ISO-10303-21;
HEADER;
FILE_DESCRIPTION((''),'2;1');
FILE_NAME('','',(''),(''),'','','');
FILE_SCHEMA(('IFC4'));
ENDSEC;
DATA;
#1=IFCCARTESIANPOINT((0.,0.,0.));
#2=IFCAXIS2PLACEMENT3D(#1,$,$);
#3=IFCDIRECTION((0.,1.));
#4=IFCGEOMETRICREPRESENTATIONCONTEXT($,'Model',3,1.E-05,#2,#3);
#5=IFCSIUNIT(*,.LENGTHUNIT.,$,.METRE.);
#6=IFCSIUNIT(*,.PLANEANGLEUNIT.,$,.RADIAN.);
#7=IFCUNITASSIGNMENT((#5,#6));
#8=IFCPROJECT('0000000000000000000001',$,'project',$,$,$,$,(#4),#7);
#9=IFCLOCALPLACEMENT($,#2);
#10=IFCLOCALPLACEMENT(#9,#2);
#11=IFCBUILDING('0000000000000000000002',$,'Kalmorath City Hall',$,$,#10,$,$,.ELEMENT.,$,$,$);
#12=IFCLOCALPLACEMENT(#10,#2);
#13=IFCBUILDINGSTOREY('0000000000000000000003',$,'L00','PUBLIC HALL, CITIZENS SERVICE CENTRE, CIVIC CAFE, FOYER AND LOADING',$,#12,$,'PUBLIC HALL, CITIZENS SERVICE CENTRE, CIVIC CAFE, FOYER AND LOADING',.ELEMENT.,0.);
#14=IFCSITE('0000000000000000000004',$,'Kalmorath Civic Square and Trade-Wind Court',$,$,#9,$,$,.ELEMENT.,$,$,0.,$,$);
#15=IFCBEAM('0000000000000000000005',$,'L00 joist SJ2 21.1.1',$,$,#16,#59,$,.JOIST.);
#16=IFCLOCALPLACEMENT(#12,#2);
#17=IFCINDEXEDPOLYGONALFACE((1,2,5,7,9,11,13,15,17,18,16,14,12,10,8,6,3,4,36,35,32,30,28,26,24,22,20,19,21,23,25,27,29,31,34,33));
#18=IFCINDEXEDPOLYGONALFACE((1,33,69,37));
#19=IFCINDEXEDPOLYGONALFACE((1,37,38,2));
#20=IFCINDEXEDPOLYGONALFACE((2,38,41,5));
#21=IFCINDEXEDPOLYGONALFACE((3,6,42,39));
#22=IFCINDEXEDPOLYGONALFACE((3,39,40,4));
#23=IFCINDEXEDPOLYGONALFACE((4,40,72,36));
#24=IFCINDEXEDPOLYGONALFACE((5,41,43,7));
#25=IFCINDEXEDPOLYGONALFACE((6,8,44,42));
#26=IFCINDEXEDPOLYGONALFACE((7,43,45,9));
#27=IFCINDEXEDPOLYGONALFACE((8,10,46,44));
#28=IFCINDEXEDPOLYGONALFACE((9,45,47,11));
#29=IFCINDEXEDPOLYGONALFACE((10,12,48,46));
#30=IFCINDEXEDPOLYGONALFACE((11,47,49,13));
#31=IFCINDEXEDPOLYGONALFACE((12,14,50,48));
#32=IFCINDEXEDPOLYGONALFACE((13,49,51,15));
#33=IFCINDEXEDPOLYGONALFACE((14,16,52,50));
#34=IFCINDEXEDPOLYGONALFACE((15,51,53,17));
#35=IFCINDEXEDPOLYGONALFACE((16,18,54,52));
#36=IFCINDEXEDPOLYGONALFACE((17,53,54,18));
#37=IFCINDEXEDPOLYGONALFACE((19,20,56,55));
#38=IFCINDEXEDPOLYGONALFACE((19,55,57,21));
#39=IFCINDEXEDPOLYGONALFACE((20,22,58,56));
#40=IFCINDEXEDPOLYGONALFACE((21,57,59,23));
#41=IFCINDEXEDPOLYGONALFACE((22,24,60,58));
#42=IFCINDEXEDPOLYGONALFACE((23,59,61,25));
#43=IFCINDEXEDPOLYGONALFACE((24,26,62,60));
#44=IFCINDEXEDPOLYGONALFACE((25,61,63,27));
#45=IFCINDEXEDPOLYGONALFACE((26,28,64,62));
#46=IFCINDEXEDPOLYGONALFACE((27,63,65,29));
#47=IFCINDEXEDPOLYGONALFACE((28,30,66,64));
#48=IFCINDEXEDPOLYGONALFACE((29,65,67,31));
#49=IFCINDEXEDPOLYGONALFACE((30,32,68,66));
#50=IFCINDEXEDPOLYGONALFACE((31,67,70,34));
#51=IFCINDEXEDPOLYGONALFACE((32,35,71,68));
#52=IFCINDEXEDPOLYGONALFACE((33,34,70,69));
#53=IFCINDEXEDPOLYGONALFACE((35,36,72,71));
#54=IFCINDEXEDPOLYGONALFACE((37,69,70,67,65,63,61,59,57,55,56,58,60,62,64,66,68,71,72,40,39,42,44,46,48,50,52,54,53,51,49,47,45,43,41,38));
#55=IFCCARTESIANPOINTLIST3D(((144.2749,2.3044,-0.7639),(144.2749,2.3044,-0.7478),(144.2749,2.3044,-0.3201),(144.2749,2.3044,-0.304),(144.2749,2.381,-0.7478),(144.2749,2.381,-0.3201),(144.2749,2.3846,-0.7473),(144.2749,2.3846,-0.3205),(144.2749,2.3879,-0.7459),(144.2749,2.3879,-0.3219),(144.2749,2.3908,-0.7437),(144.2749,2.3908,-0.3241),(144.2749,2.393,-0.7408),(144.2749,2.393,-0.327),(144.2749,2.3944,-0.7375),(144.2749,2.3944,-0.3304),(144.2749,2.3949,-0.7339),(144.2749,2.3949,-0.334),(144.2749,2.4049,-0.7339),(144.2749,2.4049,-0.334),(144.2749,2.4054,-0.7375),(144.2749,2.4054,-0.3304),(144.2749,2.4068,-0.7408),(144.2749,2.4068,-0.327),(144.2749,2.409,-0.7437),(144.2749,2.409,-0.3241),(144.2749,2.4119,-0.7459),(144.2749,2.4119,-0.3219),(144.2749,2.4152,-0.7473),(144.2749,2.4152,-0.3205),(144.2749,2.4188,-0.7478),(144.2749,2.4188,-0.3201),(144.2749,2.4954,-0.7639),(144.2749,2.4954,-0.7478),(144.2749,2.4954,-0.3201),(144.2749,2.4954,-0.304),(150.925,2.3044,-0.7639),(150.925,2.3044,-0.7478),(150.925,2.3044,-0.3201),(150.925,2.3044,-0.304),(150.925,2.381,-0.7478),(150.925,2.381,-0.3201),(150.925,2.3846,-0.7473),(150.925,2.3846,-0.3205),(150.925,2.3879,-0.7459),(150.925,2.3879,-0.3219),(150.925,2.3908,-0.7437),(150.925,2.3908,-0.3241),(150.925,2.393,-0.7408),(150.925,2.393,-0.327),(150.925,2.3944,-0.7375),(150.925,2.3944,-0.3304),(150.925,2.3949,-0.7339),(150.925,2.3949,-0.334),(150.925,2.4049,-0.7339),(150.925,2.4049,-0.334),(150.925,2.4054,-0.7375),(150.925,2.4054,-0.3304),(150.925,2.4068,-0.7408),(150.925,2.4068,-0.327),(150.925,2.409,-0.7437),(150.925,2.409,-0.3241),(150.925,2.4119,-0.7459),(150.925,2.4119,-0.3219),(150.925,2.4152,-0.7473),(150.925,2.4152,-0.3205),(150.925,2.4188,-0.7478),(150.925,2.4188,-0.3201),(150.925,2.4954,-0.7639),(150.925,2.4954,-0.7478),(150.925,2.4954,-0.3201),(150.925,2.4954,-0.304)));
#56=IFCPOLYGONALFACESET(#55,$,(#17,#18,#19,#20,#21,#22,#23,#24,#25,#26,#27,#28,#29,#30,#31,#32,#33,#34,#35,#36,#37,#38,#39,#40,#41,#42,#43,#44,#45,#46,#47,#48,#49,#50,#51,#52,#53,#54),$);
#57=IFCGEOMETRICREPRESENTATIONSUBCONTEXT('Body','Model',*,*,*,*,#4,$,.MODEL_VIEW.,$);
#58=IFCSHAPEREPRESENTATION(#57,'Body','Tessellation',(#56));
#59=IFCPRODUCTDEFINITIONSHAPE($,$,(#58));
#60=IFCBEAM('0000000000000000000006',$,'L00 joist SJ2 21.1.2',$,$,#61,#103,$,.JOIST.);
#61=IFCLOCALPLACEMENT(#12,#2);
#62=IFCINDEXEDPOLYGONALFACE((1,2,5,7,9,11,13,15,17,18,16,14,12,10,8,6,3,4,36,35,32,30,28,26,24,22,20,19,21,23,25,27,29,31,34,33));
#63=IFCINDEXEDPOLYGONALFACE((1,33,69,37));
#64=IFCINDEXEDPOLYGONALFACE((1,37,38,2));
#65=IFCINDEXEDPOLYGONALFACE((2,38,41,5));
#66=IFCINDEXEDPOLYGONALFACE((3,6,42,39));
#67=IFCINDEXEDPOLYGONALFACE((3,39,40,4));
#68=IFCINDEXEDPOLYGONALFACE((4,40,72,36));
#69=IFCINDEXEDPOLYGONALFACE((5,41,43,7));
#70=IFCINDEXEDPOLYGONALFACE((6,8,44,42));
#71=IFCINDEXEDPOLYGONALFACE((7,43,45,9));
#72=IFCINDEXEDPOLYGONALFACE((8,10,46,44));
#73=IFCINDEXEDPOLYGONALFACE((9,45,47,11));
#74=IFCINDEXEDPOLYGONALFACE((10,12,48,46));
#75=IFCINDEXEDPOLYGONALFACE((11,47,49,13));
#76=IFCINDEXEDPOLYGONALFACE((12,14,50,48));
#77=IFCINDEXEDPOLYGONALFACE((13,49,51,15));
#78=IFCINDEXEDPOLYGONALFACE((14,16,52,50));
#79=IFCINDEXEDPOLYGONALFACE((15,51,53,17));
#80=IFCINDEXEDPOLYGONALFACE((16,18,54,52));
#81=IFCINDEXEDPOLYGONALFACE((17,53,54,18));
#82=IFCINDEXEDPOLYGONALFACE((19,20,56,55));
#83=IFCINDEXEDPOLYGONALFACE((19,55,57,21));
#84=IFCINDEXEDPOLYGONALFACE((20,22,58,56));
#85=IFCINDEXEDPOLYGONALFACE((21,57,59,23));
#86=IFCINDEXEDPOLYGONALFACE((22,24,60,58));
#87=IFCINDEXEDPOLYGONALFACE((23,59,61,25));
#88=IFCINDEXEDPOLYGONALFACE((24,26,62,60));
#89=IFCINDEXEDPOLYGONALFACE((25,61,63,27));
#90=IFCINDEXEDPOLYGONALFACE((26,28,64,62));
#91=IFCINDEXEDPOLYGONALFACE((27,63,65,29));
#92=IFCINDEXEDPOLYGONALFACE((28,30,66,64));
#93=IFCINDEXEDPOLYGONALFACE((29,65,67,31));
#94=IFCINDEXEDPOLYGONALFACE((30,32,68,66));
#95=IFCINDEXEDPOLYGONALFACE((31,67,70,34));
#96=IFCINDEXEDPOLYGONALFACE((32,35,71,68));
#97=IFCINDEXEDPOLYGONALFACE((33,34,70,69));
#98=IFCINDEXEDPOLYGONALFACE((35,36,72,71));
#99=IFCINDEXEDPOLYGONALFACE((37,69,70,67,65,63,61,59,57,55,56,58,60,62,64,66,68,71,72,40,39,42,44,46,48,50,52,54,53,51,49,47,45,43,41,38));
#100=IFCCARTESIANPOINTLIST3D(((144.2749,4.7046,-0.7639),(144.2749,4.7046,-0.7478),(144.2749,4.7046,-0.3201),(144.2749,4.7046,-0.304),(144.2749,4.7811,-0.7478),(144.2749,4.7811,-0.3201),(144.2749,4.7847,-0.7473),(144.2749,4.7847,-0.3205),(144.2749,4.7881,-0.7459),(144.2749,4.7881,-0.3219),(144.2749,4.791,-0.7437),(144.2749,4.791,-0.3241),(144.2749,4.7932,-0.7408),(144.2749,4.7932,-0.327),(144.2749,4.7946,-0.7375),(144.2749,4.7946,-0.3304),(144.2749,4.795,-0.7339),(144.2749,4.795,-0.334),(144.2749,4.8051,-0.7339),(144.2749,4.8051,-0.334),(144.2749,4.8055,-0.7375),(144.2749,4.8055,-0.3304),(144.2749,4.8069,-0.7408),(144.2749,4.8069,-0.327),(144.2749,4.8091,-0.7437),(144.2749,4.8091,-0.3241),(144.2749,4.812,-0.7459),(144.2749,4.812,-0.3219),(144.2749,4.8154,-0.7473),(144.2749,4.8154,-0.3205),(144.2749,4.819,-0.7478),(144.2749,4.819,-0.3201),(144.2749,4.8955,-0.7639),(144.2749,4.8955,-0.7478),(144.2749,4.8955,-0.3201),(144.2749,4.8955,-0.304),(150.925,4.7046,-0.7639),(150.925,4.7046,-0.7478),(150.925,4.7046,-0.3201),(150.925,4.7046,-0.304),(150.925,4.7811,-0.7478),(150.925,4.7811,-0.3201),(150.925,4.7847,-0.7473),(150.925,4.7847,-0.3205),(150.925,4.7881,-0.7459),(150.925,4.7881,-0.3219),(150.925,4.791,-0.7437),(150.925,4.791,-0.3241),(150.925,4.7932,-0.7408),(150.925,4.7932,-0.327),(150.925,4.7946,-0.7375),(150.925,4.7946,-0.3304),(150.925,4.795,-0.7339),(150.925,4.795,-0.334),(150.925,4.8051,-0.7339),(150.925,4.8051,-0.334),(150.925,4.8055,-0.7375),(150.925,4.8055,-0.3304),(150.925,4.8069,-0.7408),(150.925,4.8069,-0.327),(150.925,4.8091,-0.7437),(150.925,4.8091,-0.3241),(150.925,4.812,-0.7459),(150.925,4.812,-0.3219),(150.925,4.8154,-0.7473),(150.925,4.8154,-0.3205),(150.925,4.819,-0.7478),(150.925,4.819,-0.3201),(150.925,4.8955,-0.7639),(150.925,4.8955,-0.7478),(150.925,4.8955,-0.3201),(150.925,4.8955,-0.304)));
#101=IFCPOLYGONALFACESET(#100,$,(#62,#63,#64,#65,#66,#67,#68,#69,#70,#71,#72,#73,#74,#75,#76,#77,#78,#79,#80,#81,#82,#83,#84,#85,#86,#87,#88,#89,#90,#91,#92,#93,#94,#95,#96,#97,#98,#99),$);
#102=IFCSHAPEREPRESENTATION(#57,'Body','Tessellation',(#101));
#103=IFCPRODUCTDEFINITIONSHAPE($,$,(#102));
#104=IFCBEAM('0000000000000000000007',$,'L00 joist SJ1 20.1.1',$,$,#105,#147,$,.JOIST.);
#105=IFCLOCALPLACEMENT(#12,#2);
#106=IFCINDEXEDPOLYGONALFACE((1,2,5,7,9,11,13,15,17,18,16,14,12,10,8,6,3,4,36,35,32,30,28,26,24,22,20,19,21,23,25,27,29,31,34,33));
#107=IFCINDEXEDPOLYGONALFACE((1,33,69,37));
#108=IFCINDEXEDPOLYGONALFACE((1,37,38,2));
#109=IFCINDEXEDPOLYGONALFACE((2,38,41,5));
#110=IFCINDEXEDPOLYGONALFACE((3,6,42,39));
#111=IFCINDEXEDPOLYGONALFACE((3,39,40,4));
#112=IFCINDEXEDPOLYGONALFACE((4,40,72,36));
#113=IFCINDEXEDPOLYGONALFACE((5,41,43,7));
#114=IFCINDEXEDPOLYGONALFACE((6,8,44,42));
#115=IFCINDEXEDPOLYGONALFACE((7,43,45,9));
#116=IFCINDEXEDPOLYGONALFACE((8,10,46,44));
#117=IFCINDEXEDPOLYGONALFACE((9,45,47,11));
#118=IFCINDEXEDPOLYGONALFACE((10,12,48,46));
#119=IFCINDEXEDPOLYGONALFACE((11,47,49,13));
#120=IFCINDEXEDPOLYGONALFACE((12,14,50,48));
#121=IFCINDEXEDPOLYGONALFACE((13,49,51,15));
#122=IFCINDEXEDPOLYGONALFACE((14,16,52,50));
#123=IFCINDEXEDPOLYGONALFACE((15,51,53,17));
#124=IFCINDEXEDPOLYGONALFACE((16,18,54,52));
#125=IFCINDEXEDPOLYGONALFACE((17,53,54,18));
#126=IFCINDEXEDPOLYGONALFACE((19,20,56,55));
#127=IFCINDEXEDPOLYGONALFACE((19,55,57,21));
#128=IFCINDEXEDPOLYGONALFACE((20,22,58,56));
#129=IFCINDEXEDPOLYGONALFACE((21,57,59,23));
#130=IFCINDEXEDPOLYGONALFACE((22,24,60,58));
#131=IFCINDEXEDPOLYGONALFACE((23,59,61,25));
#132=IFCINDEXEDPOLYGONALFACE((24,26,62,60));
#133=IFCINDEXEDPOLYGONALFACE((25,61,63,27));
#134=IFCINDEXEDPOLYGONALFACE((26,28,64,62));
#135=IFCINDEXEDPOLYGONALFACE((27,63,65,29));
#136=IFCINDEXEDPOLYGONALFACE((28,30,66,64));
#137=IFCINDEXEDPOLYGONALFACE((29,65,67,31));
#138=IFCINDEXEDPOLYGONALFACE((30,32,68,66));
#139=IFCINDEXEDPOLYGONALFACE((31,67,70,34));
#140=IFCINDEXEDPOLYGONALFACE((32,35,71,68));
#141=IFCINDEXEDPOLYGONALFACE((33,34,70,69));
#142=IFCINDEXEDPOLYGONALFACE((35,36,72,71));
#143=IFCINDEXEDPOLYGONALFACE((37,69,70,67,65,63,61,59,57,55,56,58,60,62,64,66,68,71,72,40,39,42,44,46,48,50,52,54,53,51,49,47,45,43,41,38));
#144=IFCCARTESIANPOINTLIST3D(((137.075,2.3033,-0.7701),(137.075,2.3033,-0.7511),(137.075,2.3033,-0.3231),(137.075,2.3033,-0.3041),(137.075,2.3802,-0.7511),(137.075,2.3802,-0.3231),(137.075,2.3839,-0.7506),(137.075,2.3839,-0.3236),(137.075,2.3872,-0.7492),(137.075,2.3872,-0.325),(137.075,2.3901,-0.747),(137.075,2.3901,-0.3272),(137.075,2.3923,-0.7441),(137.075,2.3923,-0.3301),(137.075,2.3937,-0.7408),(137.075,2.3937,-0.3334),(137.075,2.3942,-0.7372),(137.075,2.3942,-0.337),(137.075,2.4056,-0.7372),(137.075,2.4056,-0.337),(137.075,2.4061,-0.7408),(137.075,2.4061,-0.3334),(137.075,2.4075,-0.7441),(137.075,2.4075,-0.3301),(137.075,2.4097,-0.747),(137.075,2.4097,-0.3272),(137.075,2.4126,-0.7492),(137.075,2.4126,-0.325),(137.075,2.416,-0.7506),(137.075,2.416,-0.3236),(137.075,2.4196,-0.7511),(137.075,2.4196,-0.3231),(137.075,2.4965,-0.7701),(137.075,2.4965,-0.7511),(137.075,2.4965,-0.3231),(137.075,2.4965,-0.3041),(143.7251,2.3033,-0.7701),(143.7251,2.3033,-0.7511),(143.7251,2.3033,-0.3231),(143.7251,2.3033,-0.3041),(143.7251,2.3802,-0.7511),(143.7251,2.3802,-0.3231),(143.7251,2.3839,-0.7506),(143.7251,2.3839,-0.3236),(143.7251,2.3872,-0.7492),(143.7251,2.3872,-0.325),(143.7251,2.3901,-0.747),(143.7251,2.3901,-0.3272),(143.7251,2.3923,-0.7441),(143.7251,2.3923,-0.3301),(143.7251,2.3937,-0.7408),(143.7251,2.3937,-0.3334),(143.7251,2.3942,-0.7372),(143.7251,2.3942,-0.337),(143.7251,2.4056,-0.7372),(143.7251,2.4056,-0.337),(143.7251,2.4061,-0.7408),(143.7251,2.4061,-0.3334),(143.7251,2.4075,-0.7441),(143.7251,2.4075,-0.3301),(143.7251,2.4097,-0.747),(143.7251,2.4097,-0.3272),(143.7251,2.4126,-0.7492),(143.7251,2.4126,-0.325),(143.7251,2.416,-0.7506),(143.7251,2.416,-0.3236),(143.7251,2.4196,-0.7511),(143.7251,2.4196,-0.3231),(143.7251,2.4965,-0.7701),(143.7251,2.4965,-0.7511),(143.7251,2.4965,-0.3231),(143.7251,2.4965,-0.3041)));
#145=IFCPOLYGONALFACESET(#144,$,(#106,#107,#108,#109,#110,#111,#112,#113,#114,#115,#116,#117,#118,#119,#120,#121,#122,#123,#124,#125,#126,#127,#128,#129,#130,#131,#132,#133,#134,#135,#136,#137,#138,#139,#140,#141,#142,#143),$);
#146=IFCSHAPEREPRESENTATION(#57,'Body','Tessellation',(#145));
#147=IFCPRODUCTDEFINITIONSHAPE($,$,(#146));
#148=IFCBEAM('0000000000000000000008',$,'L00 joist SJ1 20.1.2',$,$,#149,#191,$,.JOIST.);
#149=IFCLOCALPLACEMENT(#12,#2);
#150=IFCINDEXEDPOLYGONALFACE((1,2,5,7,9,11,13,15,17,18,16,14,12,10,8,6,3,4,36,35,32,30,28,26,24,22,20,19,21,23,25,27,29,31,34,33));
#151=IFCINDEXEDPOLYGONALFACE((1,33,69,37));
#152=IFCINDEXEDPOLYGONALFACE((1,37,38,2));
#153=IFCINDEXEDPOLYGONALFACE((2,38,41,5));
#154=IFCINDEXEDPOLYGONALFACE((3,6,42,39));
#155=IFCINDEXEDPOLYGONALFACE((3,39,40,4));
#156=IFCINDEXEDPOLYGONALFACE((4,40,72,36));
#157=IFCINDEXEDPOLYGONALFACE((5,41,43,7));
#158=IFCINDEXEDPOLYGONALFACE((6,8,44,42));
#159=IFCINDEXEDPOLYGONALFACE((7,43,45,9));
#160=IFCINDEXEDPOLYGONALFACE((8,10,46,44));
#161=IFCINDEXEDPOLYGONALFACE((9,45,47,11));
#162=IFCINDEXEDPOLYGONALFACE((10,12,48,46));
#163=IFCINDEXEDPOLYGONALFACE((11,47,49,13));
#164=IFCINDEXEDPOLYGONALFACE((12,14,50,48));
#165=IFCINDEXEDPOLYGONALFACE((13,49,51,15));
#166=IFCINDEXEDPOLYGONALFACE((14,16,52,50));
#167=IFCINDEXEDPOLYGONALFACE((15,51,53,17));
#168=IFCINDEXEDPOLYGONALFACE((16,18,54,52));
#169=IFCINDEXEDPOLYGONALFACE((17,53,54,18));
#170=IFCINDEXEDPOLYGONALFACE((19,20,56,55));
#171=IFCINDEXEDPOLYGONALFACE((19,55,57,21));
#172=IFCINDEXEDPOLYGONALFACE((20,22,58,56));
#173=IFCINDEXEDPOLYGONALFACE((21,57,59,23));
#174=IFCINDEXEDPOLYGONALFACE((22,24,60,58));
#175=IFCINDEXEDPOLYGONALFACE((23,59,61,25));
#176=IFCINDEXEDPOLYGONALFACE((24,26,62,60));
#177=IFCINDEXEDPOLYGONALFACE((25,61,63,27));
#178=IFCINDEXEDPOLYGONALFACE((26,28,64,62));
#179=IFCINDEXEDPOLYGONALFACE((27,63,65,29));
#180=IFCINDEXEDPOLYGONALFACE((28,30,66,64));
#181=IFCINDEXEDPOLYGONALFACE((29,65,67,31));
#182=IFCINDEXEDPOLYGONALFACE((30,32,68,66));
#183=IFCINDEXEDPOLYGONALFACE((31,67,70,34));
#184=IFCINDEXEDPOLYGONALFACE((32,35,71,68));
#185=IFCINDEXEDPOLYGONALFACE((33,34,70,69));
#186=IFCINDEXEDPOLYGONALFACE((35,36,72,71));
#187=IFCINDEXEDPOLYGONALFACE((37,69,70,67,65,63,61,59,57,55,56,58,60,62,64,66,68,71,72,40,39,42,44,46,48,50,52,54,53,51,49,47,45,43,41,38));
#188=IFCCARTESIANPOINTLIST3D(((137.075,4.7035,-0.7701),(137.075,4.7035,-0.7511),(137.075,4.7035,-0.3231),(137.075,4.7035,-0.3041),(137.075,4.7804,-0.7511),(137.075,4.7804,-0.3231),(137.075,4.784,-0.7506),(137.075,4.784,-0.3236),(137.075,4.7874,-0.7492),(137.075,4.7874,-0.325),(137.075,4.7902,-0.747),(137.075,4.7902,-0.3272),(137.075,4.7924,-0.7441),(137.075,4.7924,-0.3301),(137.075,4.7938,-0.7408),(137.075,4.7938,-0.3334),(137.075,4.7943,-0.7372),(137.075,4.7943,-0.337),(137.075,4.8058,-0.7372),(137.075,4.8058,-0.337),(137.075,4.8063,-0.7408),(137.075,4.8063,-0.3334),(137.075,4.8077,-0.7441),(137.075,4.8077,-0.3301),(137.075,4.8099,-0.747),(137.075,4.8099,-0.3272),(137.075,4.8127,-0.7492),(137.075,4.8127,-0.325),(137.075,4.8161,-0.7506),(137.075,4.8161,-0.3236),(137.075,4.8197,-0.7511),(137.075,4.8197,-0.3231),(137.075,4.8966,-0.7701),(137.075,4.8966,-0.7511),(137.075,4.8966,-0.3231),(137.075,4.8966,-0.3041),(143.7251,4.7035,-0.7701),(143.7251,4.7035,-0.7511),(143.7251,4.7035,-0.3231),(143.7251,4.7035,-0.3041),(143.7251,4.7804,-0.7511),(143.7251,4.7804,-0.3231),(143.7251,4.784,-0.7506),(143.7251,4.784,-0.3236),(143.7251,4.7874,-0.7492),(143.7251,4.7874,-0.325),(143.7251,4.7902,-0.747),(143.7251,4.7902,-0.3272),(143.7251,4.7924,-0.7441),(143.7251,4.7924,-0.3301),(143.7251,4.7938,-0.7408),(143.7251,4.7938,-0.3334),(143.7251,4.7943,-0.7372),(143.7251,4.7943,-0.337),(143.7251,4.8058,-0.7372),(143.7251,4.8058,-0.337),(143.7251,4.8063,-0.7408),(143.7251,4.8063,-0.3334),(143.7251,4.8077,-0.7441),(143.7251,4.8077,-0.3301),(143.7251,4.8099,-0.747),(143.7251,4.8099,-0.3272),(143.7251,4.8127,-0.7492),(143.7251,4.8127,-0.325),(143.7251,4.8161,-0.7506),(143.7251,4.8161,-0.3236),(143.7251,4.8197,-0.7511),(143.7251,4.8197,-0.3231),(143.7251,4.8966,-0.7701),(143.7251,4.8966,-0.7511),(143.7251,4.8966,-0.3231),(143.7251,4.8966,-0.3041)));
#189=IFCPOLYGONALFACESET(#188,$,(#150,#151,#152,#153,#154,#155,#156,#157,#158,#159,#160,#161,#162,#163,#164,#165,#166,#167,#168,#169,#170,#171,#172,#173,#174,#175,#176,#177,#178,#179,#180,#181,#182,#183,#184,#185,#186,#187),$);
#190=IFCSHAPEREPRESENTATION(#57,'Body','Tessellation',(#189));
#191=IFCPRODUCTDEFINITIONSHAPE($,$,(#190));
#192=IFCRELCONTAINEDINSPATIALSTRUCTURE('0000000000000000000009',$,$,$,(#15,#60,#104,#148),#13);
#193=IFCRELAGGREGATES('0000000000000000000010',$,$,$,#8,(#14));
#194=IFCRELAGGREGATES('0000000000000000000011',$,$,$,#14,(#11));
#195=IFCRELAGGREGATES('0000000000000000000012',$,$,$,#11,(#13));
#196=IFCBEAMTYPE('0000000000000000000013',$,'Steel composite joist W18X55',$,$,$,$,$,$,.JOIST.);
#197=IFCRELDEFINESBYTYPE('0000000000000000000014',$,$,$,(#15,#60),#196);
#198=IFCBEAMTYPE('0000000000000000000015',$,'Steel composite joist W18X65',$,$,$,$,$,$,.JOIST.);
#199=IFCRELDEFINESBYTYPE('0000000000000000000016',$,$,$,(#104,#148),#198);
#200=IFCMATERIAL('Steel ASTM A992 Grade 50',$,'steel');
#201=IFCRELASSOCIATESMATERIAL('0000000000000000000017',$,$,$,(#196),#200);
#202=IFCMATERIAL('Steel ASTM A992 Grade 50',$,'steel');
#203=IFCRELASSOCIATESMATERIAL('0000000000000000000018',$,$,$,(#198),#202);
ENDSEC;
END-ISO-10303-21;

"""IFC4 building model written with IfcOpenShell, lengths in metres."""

from ifc_helpers import new_model, si_unit, direction, frame, origin, origin_2d, place, context, subcontext, project, spatial, i_section, extrude, material, material_profile, profile_set, type_object, element, save


model = new_model("IFC4")

# Units and contexts
model_context = context("Model", 3, precision=1e-05, world=origin(), true_north=direction((0.0, 1.0)))
body_context = subcontext(model_context, "Body", "Model", "MODEL_VIEW")
ifc_project = project(units=[si_unit("LENGTHUNIT", "METRE"), si_unit("PLANEANGLEUNIT", "RADIAN")], contexts=[model_context])

# Site, building, storey
site_placement = place(None, origin())
site = spatial("IfcSite", under=ifc_project, at=site_placement, Name="Kalmorath Civic Square and Trade-Wind Court", CompositionType="ELEMENT", RefElevation=0.0)
building_placement = place(site_placement, origin())
building = spatial("IfcBuilding", under=site, at=building_placement, Name="Kalmorath City Hall", CompositionType="ELEMENT")
storey_placement = place(building_placement, origin())
storey = spatial("IfcBuildingStorey", under=building, at=storey_placement, Name="L00", Description="PUBLIC HALL, CITIZENS SERVICE CENTRE, CIVIC CAFE, FOYER AND LOADING", LongName="PUBLIC HALL, CITIZENS SERVICE CENTRE, CIVIC CAFE, FOYER AND LOADING", CompositionType="ELEMENT", Elevation=0.0)

# Beams
ifc_material_1 = material(Name="Steel ASTM A992 Grade 50", Category="steel")
ifc_material_profile_1 = material_profile(ifc_material_1, i_section(OverallWidth=0.1909, OverallDepth=0.46, WebThickness=0.01, FlangeThickness=0.0161, FilletRadius=0.0139, at=origin_2d()), Name="W18X55")
ifc_profile_set_1 = profile_set([ifc_material_profile_1], Name="Steel ASTM A992 Grade 50")
beam_type_1 = type_object("IfcBeamType", Name="Steel composite joist W18X55", PredefinedType="JOIST", material=ifc_profile_set_1)
for number, where, z_axis, x_axis, name in (
    (1, (144.2749, 2.3999, -0.5339), (1.0, 0.0, 0.0), (0.0, 1.0, 0.0), "L00 joist SJ2 21.1.1"),
    (2, (144.2749, 4.8, -0.5339), (1.0, 0.0, 0.0), (0.0, 1.0, 0.0), "L00 joist SJ2 21.1.2"),
):
    element("IfcBeam", number, at=place(storey_placement, frame(where, z_axis=z_axis, x_axis=x_axis)), inside=storey, type_object=beam_type_1, Name=name, PredefinedType="JOIST", context=body_context, shape_type="SweptSolid", body=[
        extrude(i_section(OverallWidth=0.1909, OverallDepth=0.46, WebThickness=0.01, FlangeThickness=0.0161, FilletRadius=0.0139, at=origin_2d()), origin(), (0.0, 0.0, 1.0), 6.6501),
    ])
ifc_material_2 = material(Name="Steel ASTM A992 Grade 50", Category="steel")
ifc_material_profile_2 = material_profile(ifc_material_2, i_section(OverallWidth=0.1931, OverallDepth=0.4661, WebThickness=0.0115, FlangeThickness=0.019, FilletRadius=0.0139, at=origin_2d()), Name="W18X65")
ifc_profile_set_2 = profile_set([ifc_material_profile_2], Name="Steel ASTM A992 Grade 50")
beam_type_2 = type_object("IfcBeamType", Name="Steel composite joist W18X65", PredefinedType="JOIST", material=ifc_profile_set_2)
for number, where, z_axis, x_axis, name in (
    (3, (137.075, 2.3999, -0.5371), (1.0, 0.0, 0.0), (0.0, 1.0, 0.0), "L00 joist SJ1 20.1.1"),
    (4, (137.075, 4.8, -0.5371), (1.0, 0.0, 0.0), (0.0, 1.0, 0.0), "L00 joist SJ1 20.1.2"),
):
    element("IfcBeam", number, at=place(storey_placement, frame(where, z_axis=z_axis, x_axis=x_axis)), inside=storey, type_object=beam_type_2, Name=name, PredefinedType="JOIST", context=body_context, shape_type="SweptSolid", body=[
        extrude(i_section(OverallWidth=0.1931, OverallDepth=0.4661, WebThickness=0.0115, FlangeThickness=0.019, FilletRadius=0.0139, at=origin_2d()), origin(), (0.0, 0.0, 1.0), 6.6501),
    ])

save(model, "model.ifc")
